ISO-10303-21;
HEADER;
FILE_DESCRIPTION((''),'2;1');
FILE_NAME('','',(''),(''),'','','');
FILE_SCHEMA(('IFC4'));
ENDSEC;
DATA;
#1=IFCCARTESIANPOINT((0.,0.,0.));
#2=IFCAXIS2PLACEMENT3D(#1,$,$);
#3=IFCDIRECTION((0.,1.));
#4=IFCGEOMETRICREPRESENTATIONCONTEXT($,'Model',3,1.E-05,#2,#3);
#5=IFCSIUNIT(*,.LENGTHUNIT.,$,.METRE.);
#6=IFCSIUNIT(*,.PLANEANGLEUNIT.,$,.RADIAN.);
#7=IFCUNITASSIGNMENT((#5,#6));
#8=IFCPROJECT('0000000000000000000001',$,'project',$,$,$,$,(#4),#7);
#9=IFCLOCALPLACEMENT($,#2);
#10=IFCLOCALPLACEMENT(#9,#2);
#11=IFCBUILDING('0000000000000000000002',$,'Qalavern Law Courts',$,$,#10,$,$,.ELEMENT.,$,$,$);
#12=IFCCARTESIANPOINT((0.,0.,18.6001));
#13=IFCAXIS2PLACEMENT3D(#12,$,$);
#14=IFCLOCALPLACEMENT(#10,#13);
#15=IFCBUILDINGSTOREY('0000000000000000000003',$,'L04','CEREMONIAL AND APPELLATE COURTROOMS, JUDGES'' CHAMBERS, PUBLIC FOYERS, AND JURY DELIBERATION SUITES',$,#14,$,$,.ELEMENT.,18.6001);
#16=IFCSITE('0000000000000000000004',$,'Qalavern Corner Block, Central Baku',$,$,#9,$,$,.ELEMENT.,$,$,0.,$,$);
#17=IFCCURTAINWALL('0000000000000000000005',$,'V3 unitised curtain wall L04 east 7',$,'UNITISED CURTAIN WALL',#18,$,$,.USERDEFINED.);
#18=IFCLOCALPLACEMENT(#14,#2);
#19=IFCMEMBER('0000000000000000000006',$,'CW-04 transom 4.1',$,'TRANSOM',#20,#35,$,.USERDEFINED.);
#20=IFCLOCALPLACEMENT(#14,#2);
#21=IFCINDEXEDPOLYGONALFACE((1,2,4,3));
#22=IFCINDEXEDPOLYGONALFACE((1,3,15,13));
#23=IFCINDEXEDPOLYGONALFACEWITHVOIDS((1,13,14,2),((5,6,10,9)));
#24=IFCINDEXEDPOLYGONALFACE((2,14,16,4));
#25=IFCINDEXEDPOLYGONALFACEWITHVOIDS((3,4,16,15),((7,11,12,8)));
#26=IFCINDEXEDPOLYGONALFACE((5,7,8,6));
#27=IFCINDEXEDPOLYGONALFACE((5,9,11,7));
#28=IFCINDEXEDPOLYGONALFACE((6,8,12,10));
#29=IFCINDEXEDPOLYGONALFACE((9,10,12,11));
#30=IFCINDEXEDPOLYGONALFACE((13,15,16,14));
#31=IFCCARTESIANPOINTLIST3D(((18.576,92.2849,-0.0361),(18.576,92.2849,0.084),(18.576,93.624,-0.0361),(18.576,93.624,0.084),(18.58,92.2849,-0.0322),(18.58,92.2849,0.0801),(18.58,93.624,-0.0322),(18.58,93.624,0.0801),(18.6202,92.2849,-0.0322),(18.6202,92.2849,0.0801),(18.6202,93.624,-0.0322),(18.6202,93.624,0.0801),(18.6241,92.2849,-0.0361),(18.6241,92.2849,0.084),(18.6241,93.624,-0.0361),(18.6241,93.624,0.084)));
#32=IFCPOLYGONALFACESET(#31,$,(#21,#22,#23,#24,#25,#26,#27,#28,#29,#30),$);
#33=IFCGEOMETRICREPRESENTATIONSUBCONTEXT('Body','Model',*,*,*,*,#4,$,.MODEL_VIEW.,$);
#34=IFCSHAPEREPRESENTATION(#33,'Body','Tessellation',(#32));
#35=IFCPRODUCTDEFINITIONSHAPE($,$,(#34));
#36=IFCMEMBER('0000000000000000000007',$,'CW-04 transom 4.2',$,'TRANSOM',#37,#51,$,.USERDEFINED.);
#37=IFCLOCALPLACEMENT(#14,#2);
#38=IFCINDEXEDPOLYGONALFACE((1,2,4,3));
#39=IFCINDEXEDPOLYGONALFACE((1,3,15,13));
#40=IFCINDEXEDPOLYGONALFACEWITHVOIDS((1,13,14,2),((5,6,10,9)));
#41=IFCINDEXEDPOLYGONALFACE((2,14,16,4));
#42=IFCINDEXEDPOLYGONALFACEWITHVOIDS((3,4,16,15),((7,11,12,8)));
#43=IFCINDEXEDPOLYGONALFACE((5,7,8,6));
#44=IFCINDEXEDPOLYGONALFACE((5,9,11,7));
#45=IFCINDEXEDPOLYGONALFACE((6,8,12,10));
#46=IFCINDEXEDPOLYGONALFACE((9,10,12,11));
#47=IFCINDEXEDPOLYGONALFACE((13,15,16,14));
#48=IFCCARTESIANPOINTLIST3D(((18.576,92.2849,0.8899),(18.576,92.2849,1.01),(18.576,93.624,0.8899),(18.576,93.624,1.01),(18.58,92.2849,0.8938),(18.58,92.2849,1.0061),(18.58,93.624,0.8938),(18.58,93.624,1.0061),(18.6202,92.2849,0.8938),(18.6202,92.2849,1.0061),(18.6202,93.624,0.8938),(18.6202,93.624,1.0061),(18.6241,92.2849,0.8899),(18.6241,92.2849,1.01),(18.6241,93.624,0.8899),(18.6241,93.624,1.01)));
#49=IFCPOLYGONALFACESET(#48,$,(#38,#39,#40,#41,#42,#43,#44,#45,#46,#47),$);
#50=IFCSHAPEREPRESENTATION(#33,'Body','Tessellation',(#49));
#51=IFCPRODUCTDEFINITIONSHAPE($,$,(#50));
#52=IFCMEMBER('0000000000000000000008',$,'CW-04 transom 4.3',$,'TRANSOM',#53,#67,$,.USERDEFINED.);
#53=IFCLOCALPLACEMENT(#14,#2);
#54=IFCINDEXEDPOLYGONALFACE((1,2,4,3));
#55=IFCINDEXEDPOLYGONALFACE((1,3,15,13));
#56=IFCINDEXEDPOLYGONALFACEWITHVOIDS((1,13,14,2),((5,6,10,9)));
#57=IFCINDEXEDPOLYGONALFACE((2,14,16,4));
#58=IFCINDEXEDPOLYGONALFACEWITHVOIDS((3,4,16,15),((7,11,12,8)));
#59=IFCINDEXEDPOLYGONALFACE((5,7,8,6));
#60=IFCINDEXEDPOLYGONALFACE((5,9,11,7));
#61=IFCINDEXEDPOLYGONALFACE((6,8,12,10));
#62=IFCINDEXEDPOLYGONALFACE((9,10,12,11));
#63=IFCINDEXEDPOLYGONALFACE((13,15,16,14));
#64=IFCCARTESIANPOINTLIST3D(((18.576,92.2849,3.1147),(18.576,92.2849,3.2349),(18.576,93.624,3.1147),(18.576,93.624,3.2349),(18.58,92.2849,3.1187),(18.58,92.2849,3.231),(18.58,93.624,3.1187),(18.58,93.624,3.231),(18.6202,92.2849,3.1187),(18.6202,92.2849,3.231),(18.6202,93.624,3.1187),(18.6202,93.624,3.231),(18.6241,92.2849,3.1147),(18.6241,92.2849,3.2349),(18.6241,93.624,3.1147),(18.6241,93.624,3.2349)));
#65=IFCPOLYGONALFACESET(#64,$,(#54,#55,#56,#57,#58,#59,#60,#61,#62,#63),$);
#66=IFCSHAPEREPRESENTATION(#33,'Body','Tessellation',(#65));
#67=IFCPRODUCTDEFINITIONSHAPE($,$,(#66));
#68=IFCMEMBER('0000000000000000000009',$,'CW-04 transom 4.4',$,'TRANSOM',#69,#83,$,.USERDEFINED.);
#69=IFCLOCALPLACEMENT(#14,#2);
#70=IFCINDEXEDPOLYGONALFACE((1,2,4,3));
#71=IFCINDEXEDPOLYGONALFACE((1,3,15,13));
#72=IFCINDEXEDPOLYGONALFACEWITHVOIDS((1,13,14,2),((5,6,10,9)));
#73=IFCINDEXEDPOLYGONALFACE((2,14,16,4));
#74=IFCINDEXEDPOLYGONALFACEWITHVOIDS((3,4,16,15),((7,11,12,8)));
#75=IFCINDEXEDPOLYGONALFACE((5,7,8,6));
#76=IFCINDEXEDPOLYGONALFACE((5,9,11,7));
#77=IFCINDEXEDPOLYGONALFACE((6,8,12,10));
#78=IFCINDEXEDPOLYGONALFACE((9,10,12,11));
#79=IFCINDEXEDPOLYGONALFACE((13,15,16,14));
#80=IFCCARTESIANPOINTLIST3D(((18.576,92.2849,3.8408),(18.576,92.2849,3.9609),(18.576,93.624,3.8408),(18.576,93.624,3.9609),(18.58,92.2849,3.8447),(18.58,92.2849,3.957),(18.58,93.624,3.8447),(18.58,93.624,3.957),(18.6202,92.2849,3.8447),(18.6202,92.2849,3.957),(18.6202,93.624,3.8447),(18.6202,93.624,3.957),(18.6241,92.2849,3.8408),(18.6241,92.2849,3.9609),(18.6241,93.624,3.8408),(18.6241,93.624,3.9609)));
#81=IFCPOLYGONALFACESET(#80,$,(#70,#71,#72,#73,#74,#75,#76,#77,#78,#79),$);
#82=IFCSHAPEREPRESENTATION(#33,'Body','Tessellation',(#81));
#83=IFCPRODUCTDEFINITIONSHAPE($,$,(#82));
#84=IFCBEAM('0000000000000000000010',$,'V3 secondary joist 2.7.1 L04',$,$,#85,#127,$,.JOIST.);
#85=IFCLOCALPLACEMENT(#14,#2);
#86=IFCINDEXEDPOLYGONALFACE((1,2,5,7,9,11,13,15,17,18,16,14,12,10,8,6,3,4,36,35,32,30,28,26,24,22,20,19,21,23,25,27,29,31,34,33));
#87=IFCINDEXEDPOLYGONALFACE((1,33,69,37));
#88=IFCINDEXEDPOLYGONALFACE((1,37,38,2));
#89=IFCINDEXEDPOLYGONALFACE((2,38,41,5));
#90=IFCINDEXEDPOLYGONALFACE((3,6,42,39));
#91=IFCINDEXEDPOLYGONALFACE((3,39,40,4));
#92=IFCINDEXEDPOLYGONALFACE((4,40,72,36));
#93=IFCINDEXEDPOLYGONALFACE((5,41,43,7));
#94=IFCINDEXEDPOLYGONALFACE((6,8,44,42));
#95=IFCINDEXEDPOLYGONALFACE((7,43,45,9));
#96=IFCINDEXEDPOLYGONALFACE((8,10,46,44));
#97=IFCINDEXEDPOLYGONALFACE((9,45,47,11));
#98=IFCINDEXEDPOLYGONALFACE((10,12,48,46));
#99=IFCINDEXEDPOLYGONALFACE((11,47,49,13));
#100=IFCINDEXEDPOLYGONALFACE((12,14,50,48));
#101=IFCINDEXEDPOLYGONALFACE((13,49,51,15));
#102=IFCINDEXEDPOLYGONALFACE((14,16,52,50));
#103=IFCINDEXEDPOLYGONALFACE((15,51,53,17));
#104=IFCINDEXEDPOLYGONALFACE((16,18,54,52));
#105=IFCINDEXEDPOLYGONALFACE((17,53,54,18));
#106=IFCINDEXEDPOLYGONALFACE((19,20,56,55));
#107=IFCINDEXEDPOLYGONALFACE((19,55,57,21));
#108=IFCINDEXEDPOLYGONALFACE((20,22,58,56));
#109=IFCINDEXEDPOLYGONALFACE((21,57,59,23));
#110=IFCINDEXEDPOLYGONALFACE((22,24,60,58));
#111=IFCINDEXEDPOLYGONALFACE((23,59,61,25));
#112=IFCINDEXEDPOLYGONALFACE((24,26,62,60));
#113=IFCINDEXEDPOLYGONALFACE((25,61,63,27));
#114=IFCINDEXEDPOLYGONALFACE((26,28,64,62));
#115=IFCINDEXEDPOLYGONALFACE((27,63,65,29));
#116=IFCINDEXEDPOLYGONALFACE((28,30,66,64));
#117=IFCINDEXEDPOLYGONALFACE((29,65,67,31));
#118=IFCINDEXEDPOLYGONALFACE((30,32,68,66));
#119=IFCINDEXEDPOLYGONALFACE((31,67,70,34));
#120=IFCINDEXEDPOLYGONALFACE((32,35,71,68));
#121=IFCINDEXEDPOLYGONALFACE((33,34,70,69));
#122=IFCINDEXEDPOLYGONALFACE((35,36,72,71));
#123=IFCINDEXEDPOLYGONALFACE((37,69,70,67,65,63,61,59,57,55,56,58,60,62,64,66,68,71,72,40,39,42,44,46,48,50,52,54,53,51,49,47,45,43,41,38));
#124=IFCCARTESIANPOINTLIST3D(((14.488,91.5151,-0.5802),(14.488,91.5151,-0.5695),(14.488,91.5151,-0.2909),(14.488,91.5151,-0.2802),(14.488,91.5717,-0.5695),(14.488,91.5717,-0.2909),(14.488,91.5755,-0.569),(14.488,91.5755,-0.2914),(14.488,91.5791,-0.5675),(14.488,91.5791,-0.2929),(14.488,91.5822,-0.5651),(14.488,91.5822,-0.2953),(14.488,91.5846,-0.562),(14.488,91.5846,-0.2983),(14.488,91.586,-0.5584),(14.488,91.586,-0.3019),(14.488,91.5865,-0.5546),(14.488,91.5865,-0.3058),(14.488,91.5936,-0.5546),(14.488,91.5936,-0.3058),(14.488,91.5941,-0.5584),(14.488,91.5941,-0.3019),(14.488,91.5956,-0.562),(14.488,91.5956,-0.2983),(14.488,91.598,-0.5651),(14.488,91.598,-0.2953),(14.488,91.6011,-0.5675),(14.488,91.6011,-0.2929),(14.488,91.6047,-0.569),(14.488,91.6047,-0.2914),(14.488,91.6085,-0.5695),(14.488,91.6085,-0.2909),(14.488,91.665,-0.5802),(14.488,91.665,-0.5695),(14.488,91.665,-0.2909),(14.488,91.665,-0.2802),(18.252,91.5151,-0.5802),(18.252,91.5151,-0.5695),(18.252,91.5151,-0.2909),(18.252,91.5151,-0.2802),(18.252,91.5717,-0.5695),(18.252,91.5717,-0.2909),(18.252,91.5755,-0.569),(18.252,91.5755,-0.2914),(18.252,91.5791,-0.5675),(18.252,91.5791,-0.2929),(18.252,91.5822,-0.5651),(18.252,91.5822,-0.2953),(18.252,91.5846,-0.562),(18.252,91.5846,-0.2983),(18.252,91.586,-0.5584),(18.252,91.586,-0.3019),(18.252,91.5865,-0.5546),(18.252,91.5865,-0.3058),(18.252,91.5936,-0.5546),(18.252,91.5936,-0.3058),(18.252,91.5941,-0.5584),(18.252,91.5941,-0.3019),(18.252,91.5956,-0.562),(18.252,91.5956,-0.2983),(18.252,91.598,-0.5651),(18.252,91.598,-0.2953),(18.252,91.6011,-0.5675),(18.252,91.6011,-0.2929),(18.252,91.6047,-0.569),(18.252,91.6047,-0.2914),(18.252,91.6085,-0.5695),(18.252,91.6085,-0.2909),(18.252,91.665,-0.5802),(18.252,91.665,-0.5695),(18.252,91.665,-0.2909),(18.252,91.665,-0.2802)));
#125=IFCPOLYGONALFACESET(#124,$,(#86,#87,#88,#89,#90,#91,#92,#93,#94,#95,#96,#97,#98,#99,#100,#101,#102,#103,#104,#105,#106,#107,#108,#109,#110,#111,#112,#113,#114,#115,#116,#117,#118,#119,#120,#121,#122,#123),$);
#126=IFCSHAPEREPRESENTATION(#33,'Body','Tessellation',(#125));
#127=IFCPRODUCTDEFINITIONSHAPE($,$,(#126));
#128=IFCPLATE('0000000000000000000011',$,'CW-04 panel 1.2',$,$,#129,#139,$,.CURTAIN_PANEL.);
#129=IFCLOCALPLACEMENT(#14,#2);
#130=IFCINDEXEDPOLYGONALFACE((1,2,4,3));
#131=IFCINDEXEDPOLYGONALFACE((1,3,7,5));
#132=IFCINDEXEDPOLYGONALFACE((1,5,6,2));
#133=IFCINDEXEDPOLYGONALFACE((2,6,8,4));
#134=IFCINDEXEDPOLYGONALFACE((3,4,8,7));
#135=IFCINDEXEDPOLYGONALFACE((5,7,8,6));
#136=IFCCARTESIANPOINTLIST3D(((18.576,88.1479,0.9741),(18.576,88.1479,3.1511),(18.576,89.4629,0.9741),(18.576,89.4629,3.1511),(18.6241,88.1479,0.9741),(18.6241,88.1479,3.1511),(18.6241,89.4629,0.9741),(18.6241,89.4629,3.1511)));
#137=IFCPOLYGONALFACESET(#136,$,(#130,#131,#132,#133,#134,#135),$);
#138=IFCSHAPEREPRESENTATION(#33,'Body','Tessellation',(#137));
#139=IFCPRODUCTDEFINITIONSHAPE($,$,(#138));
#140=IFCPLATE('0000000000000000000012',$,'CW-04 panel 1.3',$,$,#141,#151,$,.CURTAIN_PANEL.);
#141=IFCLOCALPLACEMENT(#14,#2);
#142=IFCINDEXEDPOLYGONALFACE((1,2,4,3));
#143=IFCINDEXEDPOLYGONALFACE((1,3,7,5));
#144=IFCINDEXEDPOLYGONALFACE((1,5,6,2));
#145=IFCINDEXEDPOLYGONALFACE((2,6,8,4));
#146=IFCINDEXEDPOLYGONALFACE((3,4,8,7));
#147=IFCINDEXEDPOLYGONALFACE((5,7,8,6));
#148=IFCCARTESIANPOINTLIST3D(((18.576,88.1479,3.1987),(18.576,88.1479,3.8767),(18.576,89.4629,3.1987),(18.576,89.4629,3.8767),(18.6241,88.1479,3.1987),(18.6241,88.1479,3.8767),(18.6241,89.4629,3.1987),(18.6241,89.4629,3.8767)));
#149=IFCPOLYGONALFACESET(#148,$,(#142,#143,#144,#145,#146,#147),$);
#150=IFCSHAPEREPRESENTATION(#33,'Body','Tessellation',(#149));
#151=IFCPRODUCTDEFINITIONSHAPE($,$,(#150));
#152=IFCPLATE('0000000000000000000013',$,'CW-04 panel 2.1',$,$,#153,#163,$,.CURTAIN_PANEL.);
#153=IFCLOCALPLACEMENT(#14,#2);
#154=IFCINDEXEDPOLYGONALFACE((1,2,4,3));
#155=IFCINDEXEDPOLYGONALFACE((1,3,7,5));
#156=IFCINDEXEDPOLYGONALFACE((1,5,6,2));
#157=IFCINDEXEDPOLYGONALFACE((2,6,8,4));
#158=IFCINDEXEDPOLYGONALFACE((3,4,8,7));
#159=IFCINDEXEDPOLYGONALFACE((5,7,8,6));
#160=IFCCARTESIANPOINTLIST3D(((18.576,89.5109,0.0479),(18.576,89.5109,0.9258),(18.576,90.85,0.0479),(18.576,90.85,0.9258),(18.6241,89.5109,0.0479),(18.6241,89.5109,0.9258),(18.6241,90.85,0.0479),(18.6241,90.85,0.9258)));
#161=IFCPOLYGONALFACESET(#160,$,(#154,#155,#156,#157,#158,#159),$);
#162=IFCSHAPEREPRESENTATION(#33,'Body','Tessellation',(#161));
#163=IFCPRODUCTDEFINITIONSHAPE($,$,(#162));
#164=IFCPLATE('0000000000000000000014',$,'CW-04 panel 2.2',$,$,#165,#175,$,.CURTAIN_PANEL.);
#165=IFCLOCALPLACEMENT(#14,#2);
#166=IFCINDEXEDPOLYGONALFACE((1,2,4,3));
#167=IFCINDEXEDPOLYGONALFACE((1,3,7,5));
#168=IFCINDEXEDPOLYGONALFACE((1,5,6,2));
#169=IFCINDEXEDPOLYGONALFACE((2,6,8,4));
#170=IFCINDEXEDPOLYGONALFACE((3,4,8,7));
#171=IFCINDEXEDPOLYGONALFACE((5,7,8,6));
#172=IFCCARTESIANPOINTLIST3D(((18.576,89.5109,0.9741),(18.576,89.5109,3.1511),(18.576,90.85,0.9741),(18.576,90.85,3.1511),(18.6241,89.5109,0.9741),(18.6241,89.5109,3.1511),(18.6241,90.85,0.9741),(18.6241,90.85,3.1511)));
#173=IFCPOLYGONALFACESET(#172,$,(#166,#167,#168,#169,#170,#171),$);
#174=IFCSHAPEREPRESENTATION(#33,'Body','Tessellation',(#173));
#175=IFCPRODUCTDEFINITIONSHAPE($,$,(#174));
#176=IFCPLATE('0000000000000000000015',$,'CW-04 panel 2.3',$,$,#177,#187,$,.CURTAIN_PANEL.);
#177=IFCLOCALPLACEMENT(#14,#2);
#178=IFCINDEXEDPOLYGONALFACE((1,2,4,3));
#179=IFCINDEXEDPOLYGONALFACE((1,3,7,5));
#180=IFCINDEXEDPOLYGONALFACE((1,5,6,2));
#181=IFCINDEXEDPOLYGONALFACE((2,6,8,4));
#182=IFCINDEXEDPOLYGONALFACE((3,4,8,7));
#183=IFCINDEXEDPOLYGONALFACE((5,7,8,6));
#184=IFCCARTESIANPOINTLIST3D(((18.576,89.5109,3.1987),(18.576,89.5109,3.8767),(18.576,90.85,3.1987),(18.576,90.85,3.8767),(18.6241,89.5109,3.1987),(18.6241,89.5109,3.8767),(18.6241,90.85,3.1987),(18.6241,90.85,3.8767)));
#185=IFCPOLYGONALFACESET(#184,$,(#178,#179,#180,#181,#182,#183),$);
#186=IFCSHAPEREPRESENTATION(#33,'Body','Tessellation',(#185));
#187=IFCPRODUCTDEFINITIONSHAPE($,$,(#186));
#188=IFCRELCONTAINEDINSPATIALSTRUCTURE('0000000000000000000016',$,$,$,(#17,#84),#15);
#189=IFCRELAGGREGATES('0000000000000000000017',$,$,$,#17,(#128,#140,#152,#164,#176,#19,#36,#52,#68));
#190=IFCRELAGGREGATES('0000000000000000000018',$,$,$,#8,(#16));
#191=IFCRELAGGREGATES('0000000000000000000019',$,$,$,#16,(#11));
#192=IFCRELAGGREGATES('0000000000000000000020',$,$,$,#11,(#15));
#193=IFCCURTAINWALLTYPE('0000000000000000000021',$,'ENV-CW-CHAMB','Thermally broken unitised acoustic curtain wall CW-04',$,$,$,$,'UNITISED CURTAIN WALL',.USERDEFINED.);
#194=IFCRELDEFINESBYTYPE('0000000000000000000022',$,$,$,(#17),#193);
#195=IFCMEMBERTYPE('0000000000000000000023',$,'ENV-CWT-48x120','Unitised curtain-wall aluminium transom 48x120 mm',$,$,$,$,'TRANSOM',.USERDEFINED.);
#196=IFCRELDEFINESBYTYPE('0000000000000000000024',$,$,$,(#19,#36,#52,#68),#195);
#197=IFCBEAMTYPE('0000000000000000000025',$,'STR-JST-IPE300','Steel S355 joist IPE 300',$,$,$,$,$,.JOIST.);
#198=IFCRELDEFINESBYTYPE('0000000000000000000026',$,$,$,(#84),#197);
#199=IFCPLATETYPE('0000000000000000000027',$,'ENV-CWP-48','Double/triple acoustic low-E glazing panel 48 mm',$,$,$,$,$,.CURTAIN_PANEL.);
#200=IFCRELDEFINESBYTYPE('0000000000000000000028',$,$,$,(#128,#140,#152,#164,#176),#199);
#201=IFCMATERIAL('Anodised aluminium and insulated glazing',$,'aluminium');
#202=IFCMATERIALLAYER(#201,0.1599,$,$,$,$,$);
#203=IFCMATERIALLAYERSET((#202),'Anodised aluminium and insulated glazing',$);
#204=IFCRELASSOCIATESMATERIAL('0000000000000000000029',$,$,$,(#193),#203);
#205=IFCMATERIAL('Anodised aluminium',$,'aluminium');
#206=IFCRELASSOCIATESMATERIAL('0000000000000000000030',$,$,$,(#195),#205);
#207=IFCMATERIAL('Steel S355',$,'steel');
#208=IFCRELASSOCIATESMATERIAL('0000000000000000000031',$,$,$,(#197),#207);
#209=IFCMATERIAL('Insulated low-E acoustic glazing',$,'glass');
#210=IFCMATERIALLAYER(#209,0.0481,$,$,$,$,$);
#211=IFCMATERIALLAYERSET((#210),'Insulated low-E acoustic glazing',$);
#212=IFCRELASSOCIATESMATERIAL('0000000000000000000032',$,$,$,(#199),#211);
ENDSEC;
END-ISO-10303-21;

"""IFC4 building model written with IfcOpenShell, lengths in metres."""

from ifc_helpers import new_model, si_unit, direction, frame, origin, origin_2d, place, context, subcontext, project, spatial, rectangle, hollow_rectangle, i_section, extrude, material, layer, layer_set, material_profile, profile_set, type_object, element, aggregate, save


model = new_model("IFC4")

# Units and contexts
model_context = context("Model", 3, precision=1e-05, world=origin(), true_north=direction((0.0, 1.0)))
body_context = subcontext(model_context, "Body", "Model", "MODEL_VIEW")
ifc_project = project(units=[si_unit("LENGTHUNIT", "METRE"), si_unit("PLANEANGLEUNIT", "RADIAN")], contexts=[model_context])

# Site, building, storey
site_placement = place(None, origin())
site = spatial("IfcSite", under=ifc_project, at=site_placement, Name="Qalavern Corner Block, Central Baku", CompositionType="ELEMENT", RefElevation=0.0)
building_placement = place(site_placement, origin())
building = spatial("IfcBuilding", under=site, at=building_placement, Name="Qalavern Law Courts", CompositionType="ELEMENT")
storey_placement = place(building_placement, frame((0.0, 0.0, 18.6001)))
storey = spatial("IfcBuildingStorey", under=building, at=storey_placement, Name="L04", Description="CEREMONIAL AND APPELLATE COURTROOMS, JUDGES' CHAMBERS, PUBLIC FOYERS, AND JURY DELIBERATION SUITES", CompositionType="ELEMENT", Elevation=18.6001)

# Curtain wall, members
ifc_material_1 = material(Name="Anodised aluminium and insulated glazing", Category="aluminium")
ifc_layer_1 = layer(ifc_material_1, 0.1599)
ifc_layer_set_1 = layer_set([ifc_layer_1], Name="Anodised aluminium and insulated glazing")
curtain_wall_type = type_object("IfcCurtainWallType", Name="ENV-CW-CHAMB", Description="Thermally broken unitised acoustic curtain wall CW-04", ElementType="UNITISED CURTAIN WALL", PredefinedType="USERDEFINED", material=ifc_layer_set_1)
curtain_wall_placement = place(storey_placement, origin())
curtain_wall = element("IfcCurtainWall", 1, at=curtain_wall_placement, inside=storey, type_object=curtain_wall_type, Name="V3 unitised curtain wall L04 east 7", ObjectType="UNITISED CURTAIN WALL", PredefinedType="USERDEFINED")
ifc_material_2 = material(Name="Anodised aluminium", Category="aluminium")
ifc_material_profile_1 = material_profile(ifc_material_2, hollow_rectangle(XDim=0.0481, YDim=0.1201, WallThickness=0.0039, at=origin_2d()), Name="ALU TRANSOM 48x120")
ifc_profile_set_1 = profile_set([ifc_material_profile_1], Name="Anodised aluminium")
member_type_1 = type_object("IfcMemberType", Name="ENV-CWT-48x120", Description="Unitised curtain-wall aluminium transom 48x120 mm", ElementType="TRANSOM", PredefinedType="USERDEFINED", material=ifc_profile_set_1)
member_1_placement = place(storey_placement, frame((18.6001, 92.2849, 0.0239), z_axis=(0.0, 1.0, 0.0), x_axis=(-1.0, 0.0, 0.0)))
member_1 = element("IfcMember", 2, at=member_1_placement, type_object=member_type_1, Name="CW-04 transom 4.1", ObjectType="TRANSOM", PredefinedType="USERDEFINED", context=body_context, shape_type="SweptSolid", body=[
    extrude(hollow_rectangle(XDim=0.0481, YDim=0.1201, WallThickness=0.0039, at=origin_2d()), origin(), (0.0, 0.0, 1.0), 1.3391),
])
member_2_placement = place(storey_placement, frame((18.6001, 92.2849, 0.95), z_axis=(0.0, 1.0, 0.0), x_axis=(-1.0, 0.0, 0.0)))
member_2 = element("IfcMember", 3, at=member_2_placement, type_object=member_type_1, Name="CW-04 transom 4.2", ObjectType="TRANSOM", PredefinedType="USERDEFINED", context=body_context, shape_type="SweptSolid", body=[
    extrude(hollow_rectangle(XDim=0.0481, YDim=0.1201, WallThickness=0.0039, at=origin_2d()), origin(), (0.0, 0.0, 1.0), 1.3391),
])
member_3_placement = place(storey_placement, frame((18.6001, 92.2849, 3.1748), z_axis=(0.0, 1.0, 0.0), x_axis=(-1.0, 0.0, 0.0)))
member_3 = element("IfcMember", 4, at=member_3_placement, type_object=member_type_1, Name="CW-04 transom 4.3", ObjectType="TRANSOM", PredefinedType="USERDEFINED", context=body_context, shape_type="SweptSolid", body=[
    extrude(hollow_rectangle(XDim=0.0481, YDim=0.1201, WallThickness=0.0039, at=origin_2d()), origin(), (0.0, 0.0, 1.0), 1.3391),
])
member_4_placement = place(storey_placement, frame((18.6001, 92.2849, 3.9009), z_axis=(0.0, 1.0, 0.0), x_axis=(-1.0, 0.0, 0.0)))
member_4 = element("IfcMember", 5, at=member_4_placement, type_object=member_type_1, Name="CW-04 transom 4.4", ObjectType="TRANSOM", PredefinedType="USERDEFINED", context=body_context, shape_type="SweptSolid", body=[
    extrude(hollow_rectangle(XDim=0.0481, YDim=0.1201, WallThickness=0.0039, at=origin_2d()), origin(), (0.0, 0.0, 1.0), 1.3391),
])

# Beam
ifc_material_3 = material(Name="Steel S355", Category="steel")
ifc_material_profile_2 = material_profile(ifc_material_3, i_section(OverallWidth=0.1499, OverallDepth=0.3, WebThickness=0.0071, FlangeThickness=0.0107, FilletRadius=0.0149, at=origin_2d()), Name="IPE 300")
ifc_profile_set_2 = profile_set([ifc_material_profile_2], Name="Steel S355")
beam_type = type_object("IfcBeamType", Name="STR-JST-IPE300", Description="Steel S355 joist IPE 300", PredefinedType="JOIST", material=ifc_profile_set_2)
beam_placement = place(storey_placement, frame((14.488, 91.5901, -0.4302), z_axis=(1.0, 0.0, 0.0), x_axis=(0.0, 1.0, 0.0)))
element("IfcBeam", 6, at=beam_placement, inside=storey, type_object=beam_type, Name="V3 secondary joist 2.7.1 L04", PredefinedType="JOIST", context=body_context, shape_type="SweptSolid", body=[
    extrude(i_section(OverallWidth=0.1499, OverallDepth=0.3, WebThickness=0.0071, FlangeThickness=0.0107, FilletRadius=0.0149, at=origin_2d()), origin(), (0.0, 0.0, 1.0), 3.7639),
])

# Plates
ifc_material_4 = material(Name="Insulated low-E acoustic glazing", Category="glass")
ifc_layer_2 = layer(ifc_material_4, 0.0481)
ifc_layer_set_2 = layer_set([ifc_layer_2], Name="Insulated low-E acoustic glazing")
plate_type = type_object("IfcPlateType", Name="ENV-CWP-48", Description="Double/triple acoustic low-E glazing panel 48 mm", PredefinedType="CURTAIN_PANEL", material=ifc_layer_set_2)
plate_1_placement = place(storey_placement, frame((18.6001, 88.8054, 0.9741), z_axis=(0.0, 0.0, 1.0), x_axis=(0.0, 1.0, 0.0)))
plate_1 = element("IfcPlate", 7, at=plate_1_placement, type_object=plate_type, Name="CW-04 panel 1.2", PredefinedType="CURTAIN_PANEL", context=body_context, shape_type="SweptSolid", body=[
    extrude(rectangle(XDim=1.3149, YDim=0.0481, at=origin_2d()), origin(), (0.0, 0.0, 1.0), 2.177),
])
plate_2_placement = place(storey_placement, frame((18.6001, 88.8054, 3.1987), z_axis=(0.0, 0.0, 1.0), x_axis=(0.0, 1.0, 0.0)))
plate_2 = element("IfcPlate", 8, at=plate_2_placement, type_object=plate_type, Name="CW-04 panel 1.3", PredefinedType="CURTAIN_PANEL", context=body_context, shape_type="SweptSolid", body=[
    extrude(rectangle(XDim=1.3149, YDim=0.0481, at=origin_2d()), origin(), (0.0, 0.0, 1.0), 0.678),
])
plate_3_placement = place(storey_placement, frame((18.6001, 90.1804, 0.0479), z_axis=(0.0, 0.0, 1.0), x_axis=(0.0, 1.0, 0.0)))
plate_3 = element("IfcPlate", 9, at=plate_3_placement, type_object=plate_type, Name="CW-04 panel 2.1", PredefinedType="CURTAIN_PANEL", context=body_context, shape_type="SweptSolid", body=[
    extrude(rectangle(XDim=1.3391, YDim=0.0481, at=origin_2d()), origin(), (0.0, 0.0, 1.0), 0.8779),
])
plate_4_placement = place(storey_placement, frame((18.6001, 90.1804, 0.9741), z_axis=(0.0, 0.0, 1.0), x_axis=(0.0, 1.0, 0.0)))
plate_4 = element("IfcPlate", 10, at=plate_4_placement, type_object=plate_type, Name="CW-04 panel 2.2", PredefinedType="CURTAIN_PANEL", context=body_context, shape_type="SweptSolid", body=[
    extrude(rectangle(XDim=1.3391, YDim=0.0481, at=origin_2d()), origin(), (0.0, 0.0, 1.0), 2.177),
])
plate_5_placement = place(storey_placement, frame((18.6001, 90.1804, 3.1987), z_axis=(0.0, 0.0, 1.0), x_axis=(0.0, 1.0, 0.0)))
plate_5 = element("IfcPlate", 11, at=plate_5_placement, type_object=plate_type, Name="CW-04 panel 2.3", PredefinedType="CURTAIN_PANEL", context=body_context, shape_type="SweptSolid", body=[
    extrude(rectangle(XDim=1.3391, YDim=0.0481, at=origin_2d()), origin(), (0.0, 0.0, 1.0), 0.678),
])
aggregate(curtain_wall, [plate_1, plate_2, plate_3, plate_4, plate_5, member_1, member_2, member_3, member_4])

save(model, "model.ifc")
